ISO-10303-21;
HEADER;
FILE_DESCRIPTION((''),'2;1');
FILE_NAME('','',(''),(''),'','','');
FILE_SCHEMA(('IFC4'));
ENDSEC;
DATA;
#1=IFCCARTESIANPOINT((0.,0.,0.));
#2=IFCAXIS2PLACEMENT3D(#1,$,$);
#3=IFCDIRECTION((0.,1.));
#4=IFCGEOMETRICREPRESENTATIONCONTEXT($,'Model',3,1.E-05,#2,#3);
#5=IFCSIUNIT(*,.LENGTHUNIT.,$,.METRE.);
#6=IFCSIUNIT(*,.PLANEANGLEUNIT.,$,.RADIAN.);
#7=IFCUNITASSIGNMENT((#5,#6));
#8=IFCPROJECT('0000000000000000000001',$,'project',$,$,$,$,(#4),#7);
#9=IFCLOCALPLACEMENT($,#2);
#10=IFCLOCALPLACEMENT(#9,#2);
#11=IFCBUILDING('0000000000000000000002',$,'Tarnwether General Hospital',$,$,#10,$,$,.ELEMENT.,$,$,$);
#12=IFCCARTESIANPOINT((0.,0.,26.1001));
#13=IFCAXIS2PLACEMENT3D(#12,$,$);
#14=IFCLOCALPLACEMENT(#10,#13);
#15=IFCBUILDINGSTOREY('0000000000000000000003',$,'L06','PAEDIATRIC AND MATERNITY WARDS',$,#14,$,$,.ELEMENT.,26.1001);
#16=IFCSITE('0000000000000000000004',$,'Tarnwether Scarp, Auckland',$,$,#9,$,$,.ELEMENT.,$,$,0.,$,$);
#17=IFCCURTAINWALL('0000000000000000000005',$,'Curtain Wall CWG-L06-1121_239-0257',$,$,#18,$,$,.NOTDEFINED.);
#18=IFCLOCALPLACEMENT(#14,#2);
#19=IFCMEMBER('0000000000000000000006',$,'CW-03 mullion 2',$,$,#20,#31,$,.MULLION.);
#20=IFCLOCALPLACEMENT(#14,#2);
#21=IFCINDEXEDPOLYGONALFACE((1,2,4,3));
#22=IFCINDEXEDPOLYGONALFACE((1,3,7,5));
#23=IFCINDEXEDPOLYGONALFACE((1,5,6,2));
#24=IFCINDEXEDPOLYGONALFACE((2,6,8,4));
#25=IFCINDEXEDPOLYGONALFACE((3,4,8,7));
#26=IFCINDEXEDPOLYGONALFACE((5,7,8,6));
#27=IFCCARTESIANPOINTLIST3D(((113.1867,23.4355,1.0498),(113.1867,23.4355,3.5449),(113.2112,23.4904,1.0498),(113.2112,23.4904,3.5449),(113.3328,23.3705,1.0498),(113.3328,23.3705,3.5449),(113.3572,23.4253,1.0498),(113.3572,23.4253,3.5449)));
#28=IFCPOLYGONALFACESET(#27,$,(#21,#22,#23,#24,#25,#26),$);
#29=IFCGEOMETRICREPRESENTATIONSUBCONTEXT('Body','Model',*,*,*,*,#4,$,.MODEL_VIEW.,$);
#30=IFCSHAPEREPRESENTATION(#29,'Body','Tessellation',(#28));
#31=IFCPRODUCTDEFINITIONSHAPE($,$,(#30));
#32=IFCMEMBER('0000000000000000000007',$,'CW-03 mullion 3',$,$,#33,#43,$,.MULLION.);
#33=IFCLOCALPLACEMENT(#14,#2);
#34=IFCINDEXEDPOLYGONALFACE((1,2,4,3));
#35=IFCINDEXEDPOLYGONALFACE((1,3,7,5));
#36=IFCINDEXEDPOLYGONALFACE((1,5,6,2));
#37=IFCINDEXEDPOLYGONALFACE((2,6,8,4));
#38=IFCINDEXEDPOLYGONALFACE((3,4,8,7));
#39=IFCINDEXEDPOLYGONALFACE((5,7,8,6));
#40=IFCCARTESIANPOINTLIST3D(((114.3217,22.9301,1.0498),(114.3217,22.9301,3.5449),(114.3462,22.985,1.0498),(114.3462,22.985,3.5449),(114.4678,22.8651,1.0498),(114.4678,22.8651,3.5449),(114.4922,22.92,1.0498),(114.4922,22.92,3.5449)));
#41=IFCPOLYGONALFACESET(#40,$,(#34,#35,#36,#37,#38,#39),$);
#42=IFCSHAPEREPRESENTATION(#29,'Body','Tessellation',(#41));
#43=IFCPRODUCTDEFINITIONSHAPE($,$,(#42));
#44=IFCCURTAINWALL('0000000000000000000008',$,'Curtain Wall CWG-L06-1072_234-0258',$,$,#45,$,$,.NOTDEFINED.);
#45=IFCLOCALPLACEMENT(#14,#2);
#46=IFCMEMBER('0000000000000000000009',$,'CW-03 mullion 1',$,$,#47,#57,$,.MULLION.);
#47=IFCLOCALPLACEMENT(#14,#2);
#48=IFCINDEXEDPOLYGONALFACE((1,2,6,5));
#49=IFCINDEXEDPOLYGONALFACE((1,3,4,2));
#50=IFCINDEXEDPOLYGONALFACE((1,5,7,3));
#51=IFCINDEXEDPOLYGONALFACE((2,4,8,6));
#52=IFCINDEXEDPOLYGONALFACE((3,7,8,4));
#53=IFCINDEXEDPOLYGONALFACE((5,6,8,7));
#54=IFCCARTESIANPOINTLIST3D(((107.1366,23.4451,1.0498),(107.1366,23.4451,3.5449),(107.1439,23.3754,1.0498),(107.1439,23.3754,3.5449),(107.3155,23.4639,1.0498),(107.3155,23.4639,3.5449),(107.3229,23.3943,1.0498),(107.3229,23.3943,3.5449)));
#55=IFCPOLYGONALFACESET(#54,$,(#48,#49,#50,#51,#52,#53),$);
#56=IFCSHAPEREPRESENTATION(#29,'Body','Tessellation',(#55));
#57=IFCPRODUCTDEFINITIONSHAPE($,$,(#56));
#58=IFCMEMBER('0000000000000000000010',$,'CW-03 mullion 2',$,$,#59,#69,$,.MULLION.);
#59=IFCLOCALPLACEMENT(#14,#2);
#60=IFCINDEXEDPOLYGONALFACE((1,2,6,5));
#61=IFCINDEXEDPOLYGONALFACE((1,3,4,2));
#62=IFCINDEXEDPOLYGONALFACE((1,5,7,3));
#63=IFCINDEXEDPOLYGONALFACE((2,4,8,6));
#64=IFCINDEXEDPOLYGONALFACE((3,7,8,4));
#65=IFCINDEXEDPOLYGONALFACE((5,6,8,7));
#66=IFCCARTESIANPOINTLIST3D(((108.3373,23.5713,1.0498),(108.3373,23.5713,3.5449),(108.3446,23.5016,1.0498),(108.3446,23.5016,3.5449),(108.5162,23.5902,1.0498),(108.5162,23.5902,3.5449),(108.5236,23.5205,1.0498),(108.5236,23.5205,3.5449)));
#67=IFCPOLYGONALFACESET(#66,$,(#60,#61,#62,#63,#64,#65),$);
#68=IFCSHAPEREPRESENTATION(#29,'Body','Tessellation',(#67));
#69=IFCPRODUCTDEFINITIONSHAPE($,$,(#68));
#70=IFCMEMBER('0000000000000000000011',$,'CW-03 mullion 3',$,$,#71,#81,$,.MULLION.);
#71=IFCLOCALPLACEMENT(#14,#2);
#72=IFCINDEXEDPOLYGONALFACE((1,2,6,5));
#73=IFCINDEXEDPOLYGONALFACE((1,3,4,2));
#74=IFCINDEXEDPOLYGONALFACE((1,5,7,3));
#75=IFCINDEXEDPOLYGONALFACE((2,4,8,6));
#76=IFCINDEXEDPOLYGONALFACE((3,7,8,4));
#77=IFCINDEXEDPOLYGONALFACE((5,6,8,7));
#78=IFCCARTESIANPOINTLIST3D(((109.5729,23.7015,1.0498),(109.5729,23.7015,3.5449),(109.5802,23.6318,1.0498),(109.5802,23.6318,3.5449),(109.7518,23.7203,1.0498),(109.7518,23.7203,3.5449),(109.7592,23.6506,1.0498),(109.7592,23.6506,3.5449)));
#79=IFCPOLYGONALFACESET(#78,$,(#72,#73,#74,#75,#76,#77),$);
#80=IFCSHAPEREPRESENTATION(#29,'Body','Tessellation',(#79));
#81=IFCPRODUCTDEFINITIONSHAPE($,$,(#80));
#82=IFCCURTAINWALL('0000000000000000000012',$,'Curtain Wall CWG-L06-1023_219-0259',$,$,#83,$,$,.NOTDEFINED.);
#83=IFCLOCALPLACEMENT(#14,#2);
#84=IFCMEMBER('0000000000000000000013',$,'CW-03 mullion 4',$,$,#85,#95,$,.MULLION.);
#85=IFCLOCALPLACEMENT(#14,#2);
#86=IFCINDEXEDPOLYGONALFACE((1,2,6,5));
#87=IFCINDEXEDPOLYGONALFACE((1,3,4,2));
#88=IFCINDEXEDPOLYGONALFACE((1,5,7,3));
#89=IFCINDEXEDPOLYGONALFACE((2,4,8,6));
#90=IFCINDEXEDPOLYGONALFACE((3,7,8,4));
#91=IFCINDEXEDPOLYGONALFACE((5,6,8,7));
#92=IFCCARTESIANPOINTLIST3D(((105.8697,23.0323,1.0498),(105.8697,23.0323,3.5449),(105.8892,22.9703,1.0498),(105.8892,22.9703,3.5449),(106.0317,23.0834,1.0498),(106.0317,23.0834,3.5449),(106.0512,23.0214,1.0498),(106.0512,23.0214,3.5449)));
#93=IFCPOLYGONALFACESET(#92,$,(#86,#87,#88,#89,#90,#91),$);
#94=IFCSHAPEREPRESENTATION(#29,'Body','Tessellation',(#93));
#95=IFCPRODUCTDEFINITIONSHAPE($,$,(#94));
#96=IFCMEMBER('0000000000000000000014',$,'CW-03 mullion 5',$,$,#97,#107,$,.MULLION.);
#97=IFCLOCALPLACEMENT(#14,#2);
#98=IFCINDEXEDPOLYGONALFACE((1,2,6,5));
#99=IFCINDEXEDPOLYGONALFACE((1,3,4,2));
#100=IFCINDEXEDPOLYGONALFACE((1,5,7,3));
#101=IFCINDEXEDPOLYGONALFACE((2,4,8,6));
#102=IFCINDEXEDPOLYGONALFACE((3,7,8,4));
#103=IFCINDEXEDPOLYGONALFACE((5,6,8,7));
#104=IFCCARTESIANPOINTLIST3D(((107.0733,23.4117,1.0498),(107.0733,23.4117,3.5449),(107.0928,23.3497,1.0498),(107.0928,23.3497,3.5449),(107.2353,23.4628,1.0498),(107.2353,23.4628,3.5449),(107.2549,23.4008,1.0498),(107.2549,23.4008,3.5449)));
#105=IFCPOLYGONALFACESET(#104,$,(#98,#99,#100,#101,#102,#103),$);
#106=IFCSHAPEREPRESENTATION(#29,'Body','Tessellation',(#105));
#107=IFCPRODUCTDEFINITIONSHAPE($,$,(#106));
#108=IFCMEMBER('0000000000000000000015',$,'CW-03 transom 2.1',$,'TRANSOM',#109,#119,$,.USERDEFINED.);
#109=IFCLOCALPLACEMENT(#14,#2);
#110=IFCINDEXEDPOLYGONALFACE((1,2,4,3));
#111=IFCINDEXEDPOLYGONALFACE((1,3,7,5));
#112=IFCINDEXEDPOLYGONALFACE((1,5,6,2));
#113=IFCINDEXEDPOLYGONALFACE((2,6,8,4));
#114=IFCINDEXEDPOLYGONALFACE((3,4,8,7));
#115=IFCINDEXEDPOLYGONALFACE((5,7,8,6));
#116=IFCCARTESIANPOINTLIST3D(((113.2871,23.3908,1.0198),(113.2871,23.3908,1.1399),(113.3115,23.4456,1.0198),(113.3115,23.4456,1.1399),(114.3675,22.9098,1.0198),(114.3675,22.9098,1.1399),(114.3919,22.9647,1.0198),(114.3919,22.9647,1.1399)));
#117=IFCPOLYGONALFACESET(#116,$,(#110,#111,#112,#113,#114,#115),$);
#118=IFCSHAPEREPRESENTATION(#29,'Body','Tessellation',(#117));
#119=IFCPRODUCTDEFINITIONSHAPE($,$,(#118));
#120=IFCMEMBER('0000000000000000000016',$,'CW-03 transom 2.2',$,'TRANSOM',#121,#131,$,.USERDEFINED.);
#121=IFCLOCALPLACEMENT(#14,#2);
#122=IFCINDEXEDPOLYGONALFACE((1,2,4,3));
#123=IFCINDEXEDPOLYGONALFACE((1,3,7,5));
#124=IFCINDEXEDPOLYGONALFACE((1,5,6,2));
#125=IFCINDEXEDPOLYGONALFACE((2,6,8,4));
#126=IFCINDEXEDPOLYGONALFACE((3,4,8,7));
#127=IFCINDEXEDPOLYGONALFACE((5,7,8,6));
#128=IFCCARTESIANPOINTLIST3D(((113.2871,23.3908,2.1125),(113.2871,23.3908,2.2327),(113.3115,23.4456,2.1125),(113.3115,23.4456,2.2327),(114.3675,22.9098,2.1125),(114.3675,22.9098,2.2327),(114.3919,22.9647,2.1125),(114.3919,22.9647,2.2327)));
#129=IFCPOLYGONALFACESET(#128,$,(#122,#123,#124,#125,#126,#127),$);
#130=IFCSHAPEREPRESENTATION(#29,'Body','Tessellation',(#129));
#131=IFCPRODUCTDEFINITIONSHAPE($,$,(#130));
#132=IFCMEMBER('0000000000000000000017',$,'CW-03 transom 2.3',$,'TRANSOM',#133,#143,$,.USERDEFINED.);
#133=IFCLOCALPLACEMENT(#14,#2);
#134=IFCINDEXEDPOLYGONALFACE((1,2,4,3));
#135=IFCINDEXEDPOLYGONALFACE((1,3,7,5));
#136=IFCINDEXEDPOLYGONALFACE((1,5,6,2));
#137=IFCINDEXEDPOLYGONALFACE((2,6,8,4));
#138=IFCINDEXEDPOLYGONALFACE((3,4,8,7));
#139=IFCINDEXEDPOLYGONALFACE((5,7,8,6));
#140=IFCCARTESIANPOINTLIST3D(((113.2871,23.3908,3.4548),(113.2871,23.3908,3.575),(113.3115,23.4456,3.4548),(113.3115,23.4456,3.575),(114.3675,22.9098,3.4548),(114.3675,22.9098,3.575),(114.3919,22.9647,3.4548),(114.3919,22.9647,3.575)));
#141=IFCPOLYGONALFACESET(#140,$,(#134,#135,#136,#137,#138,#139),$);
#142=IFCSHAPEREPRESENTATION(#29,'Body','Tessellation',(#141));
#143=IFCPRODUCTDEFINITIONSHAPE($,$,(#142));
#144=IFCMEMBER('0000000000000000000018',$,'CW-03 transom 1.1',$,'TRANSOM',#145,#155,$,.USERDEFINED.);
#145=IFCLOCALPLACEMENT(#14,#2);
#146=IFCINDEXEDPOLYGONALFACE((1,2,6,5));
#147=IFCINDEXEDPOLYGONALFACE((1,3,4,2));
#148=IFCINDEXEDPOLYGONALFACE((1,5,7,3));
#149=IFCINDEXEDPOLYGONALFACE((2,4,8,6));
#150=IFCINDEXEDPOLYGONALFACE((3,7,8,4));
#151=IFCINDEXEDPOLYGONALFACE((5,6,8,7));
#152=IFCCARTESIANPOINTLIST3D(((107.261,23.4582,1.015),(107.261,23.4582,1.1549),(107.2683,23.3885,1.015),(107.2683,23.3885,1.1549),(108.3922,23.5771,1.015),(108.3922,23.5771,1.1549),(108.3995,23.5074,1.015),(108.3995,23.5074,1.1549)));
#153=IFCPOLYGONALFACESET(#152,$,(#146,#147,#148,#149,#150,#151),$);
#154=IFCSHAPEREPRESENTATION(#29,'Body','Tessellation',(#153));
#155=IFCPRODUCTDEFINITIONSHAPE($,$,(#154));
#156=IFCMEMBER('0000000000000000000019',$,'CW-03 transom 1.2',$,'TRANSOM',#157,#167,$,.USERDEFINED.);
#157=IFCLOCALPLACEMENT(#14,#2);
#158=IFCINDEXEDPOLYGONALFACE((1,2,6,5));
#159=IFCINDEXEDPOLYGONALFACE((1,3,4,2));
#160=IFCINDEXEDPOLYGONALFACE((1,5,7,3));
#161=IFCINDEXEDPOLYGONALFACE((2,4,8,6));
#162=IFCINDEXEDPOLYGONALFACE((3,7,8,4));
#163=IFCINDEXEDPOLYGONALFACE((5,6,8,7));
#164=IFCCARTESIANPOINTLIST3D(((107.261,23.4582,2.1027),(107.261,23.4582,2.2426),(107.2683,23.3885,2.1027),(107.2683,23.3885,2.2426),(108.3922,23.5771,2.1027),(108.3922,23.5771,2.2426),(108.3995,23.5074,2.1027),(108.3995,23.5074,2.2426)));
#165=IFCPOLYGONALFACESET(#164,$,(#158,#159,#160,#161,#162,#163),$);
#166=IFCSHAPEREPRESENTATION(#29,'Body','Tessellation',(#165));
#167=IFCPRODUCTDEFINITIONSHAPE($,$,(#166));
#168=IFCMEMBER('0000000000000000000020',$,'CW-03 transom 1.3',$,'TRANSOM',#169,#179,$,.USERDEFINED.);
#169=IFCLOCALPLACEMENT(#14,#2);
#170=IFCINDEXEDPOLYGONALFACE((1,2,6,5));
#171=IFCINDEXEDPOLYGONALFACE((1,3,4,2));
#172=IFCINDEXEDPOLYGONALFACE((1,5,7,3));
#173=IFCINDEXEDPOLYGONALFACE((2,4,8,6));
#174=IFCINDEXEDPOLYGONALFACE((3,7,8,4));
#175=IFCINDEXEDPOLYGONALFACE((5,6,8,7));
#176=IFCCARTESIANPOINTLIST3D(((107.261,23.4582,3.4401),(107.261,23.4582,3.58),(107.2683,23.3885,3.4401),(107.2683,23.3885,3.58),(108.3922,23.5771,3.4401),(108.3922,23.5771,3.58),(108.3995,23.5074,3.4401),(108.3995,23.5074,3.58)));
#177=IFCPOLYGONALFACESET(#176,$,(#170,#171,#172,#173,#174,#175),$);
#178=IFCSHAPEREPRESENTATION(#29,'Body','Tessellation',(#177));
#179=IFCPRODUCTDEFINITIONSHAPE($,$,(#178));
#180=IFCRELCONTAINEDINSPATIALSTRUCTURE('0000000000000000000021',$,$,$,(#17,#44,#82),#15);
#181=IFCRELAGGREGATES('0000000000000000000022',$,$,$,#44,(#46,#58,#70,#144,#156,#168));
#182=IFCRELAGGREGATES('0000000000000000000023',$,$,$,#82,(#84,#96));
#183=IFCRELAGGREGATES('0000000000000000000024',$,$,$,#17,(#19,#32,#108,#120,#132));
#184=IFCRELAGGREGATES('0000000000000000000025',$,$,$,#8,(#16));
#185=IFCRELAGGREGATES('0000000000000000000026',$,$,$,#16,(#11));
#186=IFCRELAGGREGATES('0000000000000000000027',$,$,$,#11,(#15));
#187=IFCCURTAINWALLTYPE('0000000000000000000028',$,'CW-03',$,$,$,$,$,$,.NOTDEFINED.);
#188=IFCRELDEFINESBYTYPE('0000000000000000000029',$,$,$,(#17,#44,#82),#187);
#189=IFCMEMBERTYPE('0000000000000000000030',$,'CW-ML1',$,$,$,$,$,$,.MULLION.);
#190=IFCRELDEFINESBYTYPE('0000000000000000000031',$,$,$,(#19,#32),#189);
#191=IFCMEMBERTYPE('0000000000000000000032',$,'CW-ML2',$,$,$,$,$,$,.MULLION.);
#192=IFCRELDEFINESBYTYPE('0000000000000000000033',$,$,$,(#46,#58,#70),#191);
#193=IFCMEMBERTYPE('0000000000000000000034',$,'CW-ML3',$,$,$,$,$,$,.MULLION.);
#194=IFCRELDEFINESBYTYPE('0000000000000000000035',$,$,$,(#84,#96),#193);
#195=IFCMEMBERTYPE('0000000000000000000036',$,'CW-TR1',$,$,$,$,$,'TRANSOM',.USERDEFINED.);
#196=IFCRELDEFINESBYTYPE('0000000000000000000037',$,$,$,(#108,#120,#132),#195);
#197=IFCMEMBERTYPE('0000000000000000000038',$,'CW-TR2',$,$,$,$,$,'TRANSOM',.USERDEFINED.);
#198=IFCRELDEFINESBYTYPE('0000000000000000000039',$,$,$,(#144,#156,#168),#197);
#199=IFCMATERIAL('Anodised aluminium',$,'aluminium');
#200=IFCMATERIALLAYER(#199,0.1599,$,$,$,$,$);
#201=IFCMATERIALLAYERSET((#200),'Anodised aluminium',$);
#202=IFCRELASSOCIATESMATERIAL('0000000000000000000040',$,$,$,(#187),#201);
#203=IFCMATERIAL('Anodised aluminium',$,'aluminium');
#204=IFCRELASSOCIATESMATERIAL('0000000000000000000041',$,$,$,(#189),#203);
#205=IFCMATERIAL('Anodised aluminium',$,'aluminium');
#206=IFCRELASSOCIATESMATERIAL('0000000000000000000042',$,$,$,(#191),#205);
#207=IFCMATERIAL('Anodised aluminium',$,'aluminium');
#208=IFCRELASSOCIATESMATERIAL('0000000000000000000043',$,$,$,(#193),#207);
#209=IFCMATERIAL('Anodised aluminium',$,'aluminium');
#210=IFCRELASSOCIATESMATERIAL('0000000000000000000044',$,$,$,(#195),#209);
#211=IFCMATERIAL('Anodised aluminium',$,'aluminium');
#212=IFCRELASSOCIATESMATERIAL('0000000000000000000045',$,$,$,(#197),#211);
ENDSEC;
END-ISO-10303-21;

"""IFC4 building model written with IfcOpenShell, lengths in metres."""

from ifc_helpers import new_model, si_unit, direction, frame, origin, origin_2d, place, context, subcontext, project, spatial, rectangle, extrude, material, layer, layer_set, material_profile, profile_set, type_object, element, aggregate, save


model = new_model("IFC4")

# Units and contexts
model_context = context("Model", 3, precision=1e-05, world=origin(), true_north=direction((0.0, 1.0)))
body_context = subcontext(model_context, "Body", "Model", "MODEL_VIEW")
ifc_project = project(units=[si_unit("LENGTHUNIT", "METRE"), si_unit("PLANEANGLEUNIT", "RADIAN")], contexts=[model_context])

# Site, building, storey
site_placement = place(None, origin())
site = spatial("IfcSite", under=ifc_project, at=site_placement, Name="Tarnwether Scarp, Auckland", CompositionType="ELEMENT", RefElevation=0.0)
building_placement = place(site_placement, origin())
building = spatial("IfcBuilding", under=site, at=building_placement, Name="Tarnwether General Hospital", CompositionType="ELEMENT")
storey_placement = place(building_placement, frame((0.0, 0.0, 26.1001)))
storey = spatial("IfcBuildingStorey", under=building, at=storey_placement, Name="L06", Description="PAEDIATRIC AND MATERNITY WARDS", CompositionType="ELEMENT", Elevation=26.1001)

# Curtain walls, members
ifc_material_1 = material(Name="Anodised aluminium", Category="aluminium")
ifc_layer_1 = layer(ifc_material_1, 0.1599)
ifc_layer_set_1 = layer_set([ifc_layer_1], Name="Anodised aluminium")
curtain_wall_type = type_object("IfcCurtainWallType", Name="CW-03", PredefinedType="NOTDEFINED", material=ifc_layer_set_1)
curtain_wall_1_placement = place(storey_placement, origin())
curtain_wall_1 = element("IfcCurtainWall", 1, at=curtain_wall_1_placement, inside=storey, type_object=curtain_wall_type, Name="Curtain Wall CWG-L06-1121_239-0257", PredefinedType="NOTDEFINED")
ifc_material_2 = material(Name="Anodised aluminium", Category="aluminium")
ifc_material_profile_1 = material_profile(ifc_material_2, rectangle(XDim=0.0601, YDim=0.1599, at=origin_2d()), Name="ALU-MUL-60x160")
ifc_profile_set_1 = profile_set([ifc_material_profile_1], Name="Anodised aluminium")
member_type_1 = type_object("IfcMemberType", Name="CW-ML1", PredefinedType="MULLION", material=ifc_profile_set_1)
member_1_placement = place(storey_placement, frame((113.272, 23.4304, 1.0498), z_axis=(0.0, 0.0, 1.0), x_axis=(0.406848, 0.913496, 0.0)))
member_1 = element("IfcMember", 2, at=member_1_placement, type_object=member_type_1, Name="CW-03 mullion 2", PredefinedType="MULLION", context=body_context, shape_type="SweptSolid", body=[
    extrude(rectangle(XDim=0.0601, YDim=0.1599, at=origin_2d()), origin(), (0.0, 0.0, 1.0), 2.4951),
])
member_2_placement = place(storey_placement, frame((114.407, 22.925, 1.0498), z_axis=(0.0, 0.0, 1.0), x_axis=(0.406848, 0.913496, 0.0)))
member_2 = element("IfcMember", 3, at=member_2_placement, type_object=member_type_1, Name="CW-03 mullion 3", PredefinedType="MULLION", context=body_context, shape_type="SweptSolid", body=[
    extrude(rectangle(XDim=0.0601, YDim=0.1599, at=origin_2d()), origin(), (0.0, 0.0, 1.0), 2.4951),
])
curtain_wall_2_placement = place(storey_placement, origin())
curtain_wall_2 = element("IfcCurtainWall", 4, at=curtain_wall_2_placement, inside=storey, type_object=curtain_wall_type, Name="Curtain Wall CWG-L06-1072_234-0258", PredefinedType="NOTDEFINED")
ifc_material_3 = material(Name="Anodised aluminium", Category="aluminium")
ifc_material_profile_2 = material_profile(ifc_material_3, rectangle(XDim=0.0701, YDim=0.1799, at=origin_2d()), Name="ALU-MUL-70x180")
ifc_profile_set_2 = profile_set([ifc_material_profile_2], Name="Anodised aluminium")
member_type_2 = type_object("IfcMemberType", Name="CW-ML2", PredefinedType="MULLION", material=ifc_profile_set_2)
member_3_placement = place(storey_placement, frame((107.2297, 23.4197, 1.0498), z_axis=(0.0, 0.0, 1.0), x_axis=(-0.104643, 0.99451, 0.0)))
member_3 = element("IfcMember", 5, at=member_3_placement, type_object=member_type_2, Name="CW-03 mullion 1", PredefinedType="MULLION", context=body_context, shape_type="SweptSolid", body=[
    extrude(rectangle(XDim=0.0701, YDim=0.1799, at=origin_2d()), origin(), (0.0, 0.0, 1.0), 2.4951),
])
member_4_placement = place(storey_placement, frame((108.4304, 23.5459, 1.0498), z_axis=(0.0, 0.0, 1.0), x_axis=(-0.104643, 0.99451, 0.0)))
member_4 = element("IfcMember", 6, at=member_4_placement, type_object=member_type_2, Name="CW-03 mullion 2", PredefinedType="MULLION", context=body_context, shape_type="SweptSolid", body=[
    extrude(rectangle(XDim=0.0701, YDim=0.1799, at=origin_2d()), origin(), (0.0, 0.0, 1.0), 2.4951),
])
member_5_placement = place(storey_placement, frame((109.666, 23.676, 1.0498), z_axis=(0.0, 0.0, 1.0), x_axis=(-0.104643, 0.99451, 0.0)))
member_5 = element("IfcMember", 7, at=member_5_placement, type_object=member_type_2, Name="CW-03 mullion 3", PredefinedType="MULLION", context=body_context, shape_type="SweptSolid", body=[
    extrude(rectangle(XDim=0.0701, YDim=0.1799, at=origin_2d()), origin(), (0.0, 0.0, 1.0), 2.4951),
])
curtain_wall_3_placement = place(storey_placement, origin())
curtain_wall_3 = element("IfcCurtainWall", 8, at=curtain_wall_3_placement, inside=storey, type_object=curtain_wall_type, Name="Curtain Wall CWG-L06-1023_219-0259", PredefinedType="NOTDEFINED")
ifc_material_4 = material(Name="Anodised aluminium", Category="aluminium")
ifc_material_profile_3 = material_profile(ifc_material_4, rectangle(XDim=0.0649, YDim=0.1699, at=origin_2d()), Name="ALU-MUL-65x170")
ifc_profile_set_3 = profile_set([ifc_material_profile_3], Name="Anodised aluminium")
member_type_3 = type_object("IfcMemberType", Name="CW-ML3", PredefinedType="MULLION", material=ifc_profile_set_3)
member_6_placement = place(storey_placement, frame((105.9604, 23.0269, 1.0498), z_axis=(0.0, 0.0, 1.0), x_axis=(-0.300715, 0.953714, 0.0)))
member_6 = element("IfcMember", 9, at=member_6_placement, type_object=member_type_3, Name="CW-03 mullion 4", PredefinedType="MULLION", context=body_context, shape_type="SweptSolid", body=[
    extrude(rectangle(XDim=0.0649, YDim=0.1699, at=origin_2d()), origin(), (0.0, 0.0, 1.0), 2.4951),
])
member_7_placement = place(storey_placement, frame((107.1641, 23.4062, 1.0498), z_axis=(0.0, 0.0, 1.0), x_axis=(-0.300715, 0.953714, 0.0)))
member_7 = element("IfcMember", 10, at=member_7_placement, type_object=member_type_3, Name="CW-03 mullion 5", PredefinedType="MULLION", context=body_context, shape_type="SweptSolid", body=[
    extrude(rectangle(XDim=0.0649, YDim=0.1699, at=origin_2d()), origin(), (0.0, 0.0, 1.0), 2.4951),
])

# Members
ifc_material_5 = material(Name="Anodised aluminium", Category="aluminium")
ifc_material_profile_4 = material_profile(ifc_material_5, rectangle(XDim=0.0601, YDim=0.1201, at=origin_2d()), Name="ALU-TRN-60x120")
ifc_profile_set_4 = profile_set([ifc_material_profile_4], Name="Anodised aluminium")
member_type_4 = type_object("IfcMemberType", Name="CW-TR1", ElementType="TRANSOM", PredefinedType="USERDEFINED", material=ifc_profile_set_4)
member_8_placement = place(storey_placement, frame((113.2993, 23.4182, 1.0798), z_axis=(0.913556, -0.406713, 0.0), x_axis=(0.406713, 0.913556, 0.0)))
member_8 = element("IfcMember", 11, at=member_8_placement, type_object=member_type_4, Name="CW-03 transom 2.1", ObjectType="TRANSOM", PredefinedType="USERDEFINED", context=body_context, shape_type="SweptSolid", body=[
    extrude(rectangle(XDim=0.0601, YDim=0.1201, at=origin_2d()), origin(), (0.0, 0.0, 1.0), 1.1826),
])
member_9_placement = place(storey_placement, frame((113.2993, 23.4182, 2.1726), z_axis=(0.913556, -0.406713, 0.0), x_axis=(0.406713, 0.913556, 0.0)))
member_9 = element("IfcMember", 12, at=member_9_placement, type_object=member_type_4, Name="CW-03 transom 2.2", ObjectType="TRANSOM", PredefinedType="USERDEFINED", context=body_context, shape_type="SweptSolid", body=[
    extrude(rectangle(XDim=0.0601, YDim=0.1201, at=origin_2d()), origin(), (0.0, 0.0, 1.0), 1.1826),
])
member_10_placement = place(storey_placement, frame((113.2993, 23.4182, 3.5149), z_axis=(0.913556, -0.406713, 0.0), x_axis=(0.406713, 0.913556, 0.0)))
member_10 = element("IfcMember", 13, at=member_10_placement, type_object=member_type_4, Name="CW-03 transom 2.3", ObjectType="TRANSOM", PredefinedType="USERDEFINED", context=body_context, shape_type="SweptSolid", body=[
    extrude(rectangle(XDim=0.0601, YDim=0.1201, at=origin_2d()), origin(), (0.0, 0.0, 1.0), 1.1826),
])
ifc_material_6 = material(Name="Anodised aluminium", Category="aluminium")
ifc_material_profile_5 = material_profile(ifc_material_6, rectangle(XDim=0.0701, YDim=0.1399, at=origin_2d()), Name="ALU-TRN-70x140")
ifc_profile_set_5 = profile_set([ifc_material_profile_5], Name="Anodised aluminium")
member_type_5 = type_object("IfcMemberType", Name="CW-TR2", ElementType="TRANSOM", PredefinedType="USERDEFINED", material=ifc_profile_set_5)
member_11_placement = place(storey_placement, frame((107.2646, 23.4233, 1.085), z_axis=(0.994521, 0.10454, 0.0), x_axis=(-0.10454, 0.994521, 0.0)))
member_11 = element("IfcMember", 14, at=member_11_placement, type_object=member_type_5, Name="CW-03 transom 1.1", ObjectType="TRANSOM", PredefinedType="USERDEFINED", context=body_context, shape_type="SweptSolid", body=[
    extrude(rectangle(XDim=0.0701, YDim=0.1399, at=origin_2d()), origin(), (0.0, 0.0, 1.0), 1.1375),
])
member_12_placement = place(storey_placement, frame((107.2646, 23.4233, 2.1726), z_axis=(0.994521, 0.10454, 0.0), x_axis=(-0.10454, 0.994521, 0.0)))
member_12 = element("IfcMember", 15, at=member_12_placement, type_object=member_type_5, Name="CW-03 transom 1.2", ObjectType="TRANSOM", PredefinedType="USERDEFINED", context=body_context, shape_type="SweptSolid", body=[
    extrude(rectangle(XDim=0.0701, YDim=0.1399, at=origin_2d()), origin(), (0.0, 0.0, 1.0), 1.1375),
])
member_13_placement = place(storey_placement, frame((107.2646, 23.4233, 3.51), z_axis=(0.994521, 0.10454, 0.0), x_axis=(-0.10454, 0.994521, 0.0)))
member_13 = element("IfcMember", 16, at=member_13_placement, type_object=member_type_5, Name="CW-03 transom 1.3", ObjectType="TRANSOM", PredefinedType="USERDEFINED", context=body_context, shape_type="SweptSolid", body=[
    extrude(rectangle(XDim=0.0701, YDim=0.1399, at=origin_2d()), origin(), (0.0, 0.0, 1.0), 1.1375),
])

aggregate(curtain_wall_2, [member_3, member_4, member_5, member_11, member_12, member_13])
aggregate(curtain_wall_3, [member_6, member_7])
aggregate(curtain_wall_1, [member_1, member_2, member_8, member_9, member_10])

save(model, "model.ifc")
